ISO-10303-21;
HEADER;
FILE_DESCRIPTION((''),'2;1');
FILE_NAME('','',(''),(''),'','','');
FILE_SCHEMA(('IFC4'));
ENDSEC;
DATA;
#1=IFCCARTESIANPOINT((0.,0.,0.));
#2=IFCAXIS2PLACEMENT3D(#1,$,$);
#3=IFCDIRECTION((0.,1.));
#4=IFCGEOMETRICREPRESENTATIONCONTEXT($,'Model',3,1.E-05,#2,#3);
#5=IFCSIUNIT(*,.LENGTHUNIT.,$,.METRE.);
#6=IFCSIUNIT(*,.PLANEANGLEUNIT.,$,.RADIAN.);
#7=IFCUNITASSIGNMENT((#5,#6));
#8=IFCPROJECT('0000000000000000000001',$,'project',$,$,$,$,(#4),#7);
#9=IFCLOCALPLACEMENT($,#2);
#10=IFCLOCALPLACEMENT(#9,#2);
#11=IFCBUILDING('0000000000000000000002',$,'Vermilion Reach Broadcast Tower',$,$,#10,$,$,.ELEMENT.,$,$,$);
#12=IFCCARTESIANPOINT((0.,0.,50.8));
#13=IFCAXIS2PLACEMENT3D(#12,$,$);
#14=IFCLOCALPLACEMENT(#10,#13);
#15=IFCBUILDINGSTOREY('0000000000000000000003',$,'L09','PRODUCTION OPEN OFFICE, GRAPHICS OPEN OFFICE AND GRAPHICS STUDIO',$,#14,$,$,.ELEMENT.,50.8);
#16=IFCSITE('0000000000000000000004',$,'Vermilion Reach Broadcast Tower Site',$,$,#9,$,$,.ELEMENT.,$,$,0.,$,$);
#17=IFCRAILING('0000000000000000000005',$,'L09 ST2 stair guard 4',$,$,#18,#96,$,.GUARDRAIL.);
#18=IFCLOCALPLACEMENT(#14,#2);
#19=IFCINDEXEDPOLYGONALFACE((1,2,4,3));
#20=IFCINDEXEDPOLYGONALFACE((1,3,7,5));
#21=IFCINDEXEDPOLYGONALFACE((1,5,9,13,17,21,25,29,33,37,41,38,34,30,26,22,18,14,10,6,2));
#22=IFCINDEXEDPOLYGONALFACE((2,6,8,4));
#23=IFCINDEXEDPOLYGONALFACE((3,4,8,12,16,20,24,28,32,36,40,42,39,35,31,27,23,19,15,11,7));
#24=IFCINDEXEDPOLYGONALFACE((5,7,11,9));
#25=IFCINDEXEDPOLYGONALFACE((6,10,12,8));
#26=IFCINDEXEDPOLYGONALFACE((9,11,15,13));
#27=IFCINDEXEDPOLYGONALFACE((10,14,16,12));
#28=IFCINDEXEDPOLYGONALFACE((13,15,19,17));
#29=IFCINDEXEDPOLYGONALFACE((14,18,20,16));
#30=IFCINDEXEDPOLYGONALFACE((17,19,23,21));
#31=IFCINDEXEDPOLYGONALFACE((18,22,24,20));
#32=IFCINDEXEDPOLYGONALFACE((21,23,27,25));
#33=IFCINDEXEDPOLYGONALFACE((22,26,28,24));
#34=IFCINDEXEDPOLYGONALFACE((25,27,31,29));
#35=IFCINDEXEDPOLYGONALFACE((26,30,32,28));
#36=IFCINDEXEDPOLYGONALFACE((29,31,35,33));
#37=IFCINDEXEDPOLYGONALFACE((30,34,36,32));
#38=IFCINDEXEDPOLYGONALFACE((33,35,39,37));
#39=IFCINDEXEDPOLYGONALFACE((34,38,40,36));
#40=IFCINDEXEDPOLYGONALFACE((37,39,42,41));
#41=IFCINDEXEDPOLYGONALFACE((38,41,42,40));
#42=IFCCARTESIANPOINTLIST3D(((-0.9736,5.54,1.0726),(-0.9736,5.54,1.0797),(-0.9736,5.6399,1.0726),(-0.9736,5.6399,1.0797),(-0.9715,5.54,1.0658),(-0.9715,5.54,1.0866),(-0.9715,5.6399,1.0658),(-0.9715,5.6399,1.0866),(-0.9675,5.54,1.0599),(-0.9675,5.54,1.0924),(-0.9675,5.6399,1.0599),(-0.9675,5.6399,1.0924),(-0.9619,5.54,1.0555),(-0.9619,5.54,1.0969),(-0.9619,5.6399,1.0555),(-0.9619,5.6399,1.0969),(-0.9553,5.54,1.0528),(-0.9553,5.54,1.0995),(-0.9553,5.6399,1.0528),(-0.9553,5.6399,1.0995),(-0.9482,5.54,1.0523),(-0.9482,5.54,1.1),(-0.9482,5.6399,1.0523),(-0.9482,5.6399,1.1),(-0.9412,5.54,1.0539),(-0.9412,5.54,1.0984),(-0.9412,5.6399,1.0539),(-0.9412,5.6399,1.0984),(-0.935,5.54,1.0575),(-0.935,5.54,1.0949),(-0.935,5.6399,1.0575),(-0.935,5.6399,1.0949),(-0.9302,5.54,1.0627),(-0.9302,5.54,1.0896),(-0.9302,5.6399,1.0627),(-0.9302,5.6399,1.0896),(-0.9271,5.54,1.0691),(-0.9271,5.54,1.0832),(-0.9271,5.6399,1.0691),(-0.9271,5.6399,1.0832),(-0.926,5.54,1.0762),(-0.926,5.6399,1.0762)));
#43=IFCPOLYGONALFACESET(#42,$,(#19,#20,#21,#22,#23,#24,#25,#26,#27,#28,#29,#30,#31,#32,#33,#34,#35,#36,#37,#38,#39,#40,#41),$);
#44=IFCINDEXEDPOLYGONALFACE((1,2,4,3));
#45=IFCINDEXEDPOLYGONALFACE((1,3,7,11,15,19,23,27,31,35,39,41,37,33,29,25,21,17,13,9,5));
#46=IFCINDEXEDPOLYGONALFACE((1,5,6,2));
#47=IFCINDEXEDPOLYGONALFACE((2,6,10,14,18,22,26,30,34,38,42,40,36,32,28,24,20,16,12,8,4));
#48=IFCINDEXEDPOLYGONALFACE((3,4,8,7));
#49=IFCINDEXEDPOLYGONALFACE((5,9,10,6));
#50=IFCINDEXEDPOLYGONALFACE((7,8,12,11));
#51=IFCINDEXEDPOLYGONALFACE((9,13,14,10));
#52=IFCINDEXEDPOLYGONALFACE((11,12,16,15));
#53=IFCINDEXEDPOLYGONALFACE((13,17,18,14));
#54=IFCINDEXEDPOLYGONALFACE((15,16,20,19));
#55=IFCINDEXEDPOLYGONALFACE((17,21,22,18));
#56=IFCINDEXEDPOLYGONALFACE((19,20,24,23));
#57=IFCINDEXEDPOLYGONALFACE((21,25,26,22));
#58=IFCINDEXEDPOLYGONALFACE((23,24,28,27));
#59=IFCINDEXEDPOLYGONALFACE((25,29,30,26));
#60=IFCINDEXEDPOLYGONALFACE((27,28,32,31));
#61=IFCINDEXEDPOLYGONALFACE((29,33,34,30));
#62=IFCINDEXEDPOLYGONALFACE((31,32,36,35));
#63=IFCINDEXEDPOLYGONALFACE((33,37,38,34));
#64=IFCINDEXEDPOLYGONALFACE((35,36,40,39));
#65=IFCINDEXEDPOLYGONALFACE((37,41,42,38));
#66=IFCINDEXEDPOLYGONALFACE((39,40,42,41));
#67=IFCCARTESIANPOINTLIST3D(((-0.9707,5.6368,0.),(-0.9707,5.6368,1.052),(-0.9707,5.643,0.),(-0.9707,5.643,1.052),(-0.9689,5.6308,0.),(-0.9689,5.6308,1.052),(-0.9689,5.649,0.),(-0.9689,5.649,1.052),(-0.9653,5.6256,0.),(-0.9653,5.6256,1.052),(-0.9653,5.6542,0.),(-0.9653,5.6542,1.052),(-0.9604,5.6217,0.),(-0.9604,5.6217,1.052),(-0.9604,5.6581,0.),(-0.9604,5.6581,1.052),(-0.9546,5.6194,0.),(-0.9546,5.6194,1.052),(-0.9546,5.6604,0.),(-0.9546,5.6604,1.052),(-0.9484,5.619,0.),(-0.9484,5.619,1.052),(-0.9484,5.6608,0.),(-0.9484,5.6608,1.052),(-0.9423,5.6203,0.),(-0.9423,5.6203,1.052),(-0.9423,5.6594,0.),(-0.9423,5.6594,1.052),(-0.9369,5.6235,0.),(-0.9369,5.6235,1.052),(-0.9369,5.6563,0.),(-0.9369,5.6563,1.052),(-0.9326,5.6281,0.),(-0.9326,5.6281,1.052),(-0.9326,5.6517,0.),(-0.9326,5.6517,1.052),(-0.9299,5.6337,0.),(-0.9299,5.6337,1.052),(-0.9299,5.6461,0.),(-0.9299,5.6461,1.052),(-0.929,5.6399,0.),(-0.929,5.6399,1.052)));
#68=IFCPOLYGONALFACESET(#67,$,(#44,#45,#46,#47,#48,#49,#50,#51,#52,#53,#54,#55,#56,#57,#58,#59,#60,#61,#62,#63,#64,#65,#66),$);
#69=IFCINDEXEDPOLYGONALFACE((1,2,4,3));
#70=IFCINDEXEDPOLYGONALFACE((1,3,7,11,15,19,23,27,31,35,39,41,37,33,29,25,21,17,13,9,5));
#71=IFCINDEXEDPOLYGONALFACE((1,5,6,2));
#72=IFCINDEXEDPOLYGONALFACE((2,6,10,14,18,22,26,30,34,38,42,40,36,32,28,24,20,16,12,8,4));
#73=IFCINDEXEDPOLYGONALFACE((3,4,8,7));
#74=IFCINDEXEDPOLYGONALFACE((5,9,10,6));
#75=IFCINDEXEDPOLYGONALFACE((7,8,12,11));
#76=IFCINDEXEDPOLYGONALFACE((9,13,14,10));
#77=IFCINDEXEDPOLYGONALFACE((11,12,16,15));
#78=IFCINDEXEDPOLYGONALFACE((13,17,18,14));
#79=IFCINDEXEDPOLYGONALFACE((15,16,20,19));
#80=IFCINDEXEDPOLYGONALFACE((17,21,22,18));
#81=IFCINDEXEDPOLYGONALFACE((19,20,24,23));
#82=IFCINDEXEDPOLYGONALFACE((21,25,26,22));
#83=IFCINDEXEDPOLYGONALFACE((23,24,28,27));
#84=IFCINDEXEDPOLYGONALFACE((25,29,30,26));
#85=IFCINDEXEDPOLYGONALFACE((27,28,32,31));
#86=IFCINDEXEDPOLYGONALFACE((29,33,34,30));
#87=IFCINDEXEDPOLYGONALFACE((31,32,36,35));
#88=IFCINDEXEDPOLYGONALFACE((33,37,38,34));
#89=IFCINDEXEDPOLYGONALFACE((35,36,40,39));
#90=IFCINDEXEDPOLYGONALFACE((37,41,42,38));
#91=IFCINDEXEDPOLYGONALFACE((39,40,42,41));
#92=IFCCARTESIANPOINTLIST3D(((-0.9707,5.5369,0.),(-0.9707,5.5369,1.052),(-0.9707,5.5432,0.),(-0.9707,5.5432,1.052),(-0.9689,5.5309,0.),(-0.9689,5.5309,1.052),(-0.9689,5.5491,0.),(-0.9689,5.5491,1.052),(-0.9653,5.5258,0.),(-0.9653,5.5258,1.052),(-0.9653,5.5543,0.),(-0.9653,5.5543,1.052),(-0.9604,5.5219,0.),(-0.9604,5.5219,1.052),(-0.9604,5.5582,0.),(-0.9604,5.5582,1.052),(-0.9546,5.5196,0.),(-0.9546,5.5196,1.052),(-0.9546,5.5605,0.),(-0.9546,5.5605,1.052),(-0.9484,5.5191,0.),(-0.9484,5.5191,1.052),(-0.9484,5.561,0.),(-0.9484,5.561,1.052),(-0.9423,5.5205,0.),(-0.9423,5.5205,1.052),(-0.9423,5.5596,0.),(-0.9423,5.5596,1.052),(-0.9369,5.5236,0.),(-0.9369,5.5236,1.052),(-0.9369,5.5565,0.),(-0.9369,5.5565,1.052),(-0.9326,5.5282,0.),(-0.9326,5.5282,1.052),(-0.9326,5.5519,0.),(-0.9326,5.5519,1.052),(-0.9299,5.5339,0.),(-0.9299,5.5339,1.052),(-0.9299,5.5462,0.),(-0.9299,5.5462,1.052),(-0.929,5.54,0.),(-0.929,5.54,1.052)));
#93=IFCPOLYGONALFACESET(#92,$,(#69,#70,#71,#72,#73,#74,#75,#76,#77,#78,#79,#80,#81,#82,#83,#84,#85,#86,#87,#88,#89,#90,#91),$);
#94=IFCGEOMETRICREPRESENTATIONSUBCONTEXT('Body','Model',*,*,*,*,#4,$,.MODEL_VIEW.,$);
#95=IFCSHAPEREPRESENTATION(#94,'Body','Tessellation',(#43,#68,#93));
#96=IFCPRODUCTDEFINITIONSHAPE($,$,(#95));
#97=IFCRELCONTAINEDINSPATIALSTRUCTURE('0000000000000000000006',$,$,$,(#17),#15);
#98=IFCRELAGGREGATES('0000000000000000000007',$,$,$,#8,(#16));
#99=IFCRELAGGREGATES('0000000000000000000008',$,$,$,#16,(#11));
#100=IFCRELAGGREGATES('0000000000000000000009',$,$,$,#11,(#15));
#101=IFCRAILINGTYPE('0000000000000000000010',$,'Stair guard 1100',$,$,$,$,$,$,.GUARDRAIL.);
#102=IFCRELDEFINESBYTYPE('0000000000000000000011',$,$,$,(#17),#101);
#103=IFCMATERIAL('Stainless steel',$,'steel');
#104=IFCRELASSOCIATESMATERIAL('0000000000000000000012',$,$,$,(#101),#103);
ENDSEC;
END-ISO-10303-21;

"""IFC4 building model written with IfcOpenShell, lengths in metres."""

from ifc_helpers import new_model, si_unit, direction, frame, origin, origin_2d, place, context, subcontext, project, spatial, circle, extrude, material, type_object, element, save


model = new_model("IFC4")

# Units and contexts
model_context = context("Model", 3, precision=1e-05, world=origin(), true_north=direction((0.0, 1.0)))
body_context = subcontext(model_context, "Body", "Model", "MODEL_VIEW")
ifc_project = project(units=[si_unit("LENGTHUNIT", "METRE"), si_unit("PLANEANGLEUNIT", "RADIAN")], contexts=[model_context])

# Site, building, storey
site_placement = place(None, origin())
site = spatial("IfcSite", under=ifc_project, at=site_placement, Name="Vermilion Reach Broadcast Tower Site", CompositionType="ELEMENT", RefElevation=0.0)
building_placement = place(site_placement, origin())
building = spatial("IfcBuilding", under=site, at=building_placement, Name="Vermilion Reach Broadcast Tower", CompositionType="ELEMENT")
storey_placement = place(building_placement, frame((0.0, 0.0, 50.8)))
storey = spatial("IfcBuildingStorey", under=building, at=storey_placement, Name="L09", Description="PRODUCTION OPEN OFFICE, GRAPHICS OPEN OFFICE AND GRAPHICS STUDIO", CompositionType="ELEMENT", Elevation=50.8)

# Railing
ifc_material_1 = material(Name="Stainless steel", Category="steel")
railing_type_1 = type_object("IfcRailingType", Name="Stair guard 1100", PredefinedType="GUARDRAIL", material=ifc_material_1)
railing_1_placement = place(storey_placement, frame((-0.95, 5.6399, 0.0)))
element("IfcRailing", 1, at=railing_1_placement, inside=storey, type_object=railing_type_1, Name="L09 ST2 stair guard 4", PredefinedType="GUARDRAIL", context=body_context, shape_type="SweptSolid", body=[
    extrude(circle(Radius=0.0239, at=origin_2d()), frame((0.0, 0.0, 1.0762), z_axis=(0.0, -1.0, 0.0), x_axis=(1.0, 0.0, 0.0)), (0.0, 0.0, 1.0), 0.0999),
    extrude(circle(Radius=0.021, at=origin_2d()), origin(), (0.0, 0.0, 1.0), 1.052),
    extrude(circle(Radius=0.021, at=origin_2d()), frame((0.0, -0.0999, 0.0)), (0.0, 0.0, 1.0), 1.052),
])

save(model, "model.ifc")
